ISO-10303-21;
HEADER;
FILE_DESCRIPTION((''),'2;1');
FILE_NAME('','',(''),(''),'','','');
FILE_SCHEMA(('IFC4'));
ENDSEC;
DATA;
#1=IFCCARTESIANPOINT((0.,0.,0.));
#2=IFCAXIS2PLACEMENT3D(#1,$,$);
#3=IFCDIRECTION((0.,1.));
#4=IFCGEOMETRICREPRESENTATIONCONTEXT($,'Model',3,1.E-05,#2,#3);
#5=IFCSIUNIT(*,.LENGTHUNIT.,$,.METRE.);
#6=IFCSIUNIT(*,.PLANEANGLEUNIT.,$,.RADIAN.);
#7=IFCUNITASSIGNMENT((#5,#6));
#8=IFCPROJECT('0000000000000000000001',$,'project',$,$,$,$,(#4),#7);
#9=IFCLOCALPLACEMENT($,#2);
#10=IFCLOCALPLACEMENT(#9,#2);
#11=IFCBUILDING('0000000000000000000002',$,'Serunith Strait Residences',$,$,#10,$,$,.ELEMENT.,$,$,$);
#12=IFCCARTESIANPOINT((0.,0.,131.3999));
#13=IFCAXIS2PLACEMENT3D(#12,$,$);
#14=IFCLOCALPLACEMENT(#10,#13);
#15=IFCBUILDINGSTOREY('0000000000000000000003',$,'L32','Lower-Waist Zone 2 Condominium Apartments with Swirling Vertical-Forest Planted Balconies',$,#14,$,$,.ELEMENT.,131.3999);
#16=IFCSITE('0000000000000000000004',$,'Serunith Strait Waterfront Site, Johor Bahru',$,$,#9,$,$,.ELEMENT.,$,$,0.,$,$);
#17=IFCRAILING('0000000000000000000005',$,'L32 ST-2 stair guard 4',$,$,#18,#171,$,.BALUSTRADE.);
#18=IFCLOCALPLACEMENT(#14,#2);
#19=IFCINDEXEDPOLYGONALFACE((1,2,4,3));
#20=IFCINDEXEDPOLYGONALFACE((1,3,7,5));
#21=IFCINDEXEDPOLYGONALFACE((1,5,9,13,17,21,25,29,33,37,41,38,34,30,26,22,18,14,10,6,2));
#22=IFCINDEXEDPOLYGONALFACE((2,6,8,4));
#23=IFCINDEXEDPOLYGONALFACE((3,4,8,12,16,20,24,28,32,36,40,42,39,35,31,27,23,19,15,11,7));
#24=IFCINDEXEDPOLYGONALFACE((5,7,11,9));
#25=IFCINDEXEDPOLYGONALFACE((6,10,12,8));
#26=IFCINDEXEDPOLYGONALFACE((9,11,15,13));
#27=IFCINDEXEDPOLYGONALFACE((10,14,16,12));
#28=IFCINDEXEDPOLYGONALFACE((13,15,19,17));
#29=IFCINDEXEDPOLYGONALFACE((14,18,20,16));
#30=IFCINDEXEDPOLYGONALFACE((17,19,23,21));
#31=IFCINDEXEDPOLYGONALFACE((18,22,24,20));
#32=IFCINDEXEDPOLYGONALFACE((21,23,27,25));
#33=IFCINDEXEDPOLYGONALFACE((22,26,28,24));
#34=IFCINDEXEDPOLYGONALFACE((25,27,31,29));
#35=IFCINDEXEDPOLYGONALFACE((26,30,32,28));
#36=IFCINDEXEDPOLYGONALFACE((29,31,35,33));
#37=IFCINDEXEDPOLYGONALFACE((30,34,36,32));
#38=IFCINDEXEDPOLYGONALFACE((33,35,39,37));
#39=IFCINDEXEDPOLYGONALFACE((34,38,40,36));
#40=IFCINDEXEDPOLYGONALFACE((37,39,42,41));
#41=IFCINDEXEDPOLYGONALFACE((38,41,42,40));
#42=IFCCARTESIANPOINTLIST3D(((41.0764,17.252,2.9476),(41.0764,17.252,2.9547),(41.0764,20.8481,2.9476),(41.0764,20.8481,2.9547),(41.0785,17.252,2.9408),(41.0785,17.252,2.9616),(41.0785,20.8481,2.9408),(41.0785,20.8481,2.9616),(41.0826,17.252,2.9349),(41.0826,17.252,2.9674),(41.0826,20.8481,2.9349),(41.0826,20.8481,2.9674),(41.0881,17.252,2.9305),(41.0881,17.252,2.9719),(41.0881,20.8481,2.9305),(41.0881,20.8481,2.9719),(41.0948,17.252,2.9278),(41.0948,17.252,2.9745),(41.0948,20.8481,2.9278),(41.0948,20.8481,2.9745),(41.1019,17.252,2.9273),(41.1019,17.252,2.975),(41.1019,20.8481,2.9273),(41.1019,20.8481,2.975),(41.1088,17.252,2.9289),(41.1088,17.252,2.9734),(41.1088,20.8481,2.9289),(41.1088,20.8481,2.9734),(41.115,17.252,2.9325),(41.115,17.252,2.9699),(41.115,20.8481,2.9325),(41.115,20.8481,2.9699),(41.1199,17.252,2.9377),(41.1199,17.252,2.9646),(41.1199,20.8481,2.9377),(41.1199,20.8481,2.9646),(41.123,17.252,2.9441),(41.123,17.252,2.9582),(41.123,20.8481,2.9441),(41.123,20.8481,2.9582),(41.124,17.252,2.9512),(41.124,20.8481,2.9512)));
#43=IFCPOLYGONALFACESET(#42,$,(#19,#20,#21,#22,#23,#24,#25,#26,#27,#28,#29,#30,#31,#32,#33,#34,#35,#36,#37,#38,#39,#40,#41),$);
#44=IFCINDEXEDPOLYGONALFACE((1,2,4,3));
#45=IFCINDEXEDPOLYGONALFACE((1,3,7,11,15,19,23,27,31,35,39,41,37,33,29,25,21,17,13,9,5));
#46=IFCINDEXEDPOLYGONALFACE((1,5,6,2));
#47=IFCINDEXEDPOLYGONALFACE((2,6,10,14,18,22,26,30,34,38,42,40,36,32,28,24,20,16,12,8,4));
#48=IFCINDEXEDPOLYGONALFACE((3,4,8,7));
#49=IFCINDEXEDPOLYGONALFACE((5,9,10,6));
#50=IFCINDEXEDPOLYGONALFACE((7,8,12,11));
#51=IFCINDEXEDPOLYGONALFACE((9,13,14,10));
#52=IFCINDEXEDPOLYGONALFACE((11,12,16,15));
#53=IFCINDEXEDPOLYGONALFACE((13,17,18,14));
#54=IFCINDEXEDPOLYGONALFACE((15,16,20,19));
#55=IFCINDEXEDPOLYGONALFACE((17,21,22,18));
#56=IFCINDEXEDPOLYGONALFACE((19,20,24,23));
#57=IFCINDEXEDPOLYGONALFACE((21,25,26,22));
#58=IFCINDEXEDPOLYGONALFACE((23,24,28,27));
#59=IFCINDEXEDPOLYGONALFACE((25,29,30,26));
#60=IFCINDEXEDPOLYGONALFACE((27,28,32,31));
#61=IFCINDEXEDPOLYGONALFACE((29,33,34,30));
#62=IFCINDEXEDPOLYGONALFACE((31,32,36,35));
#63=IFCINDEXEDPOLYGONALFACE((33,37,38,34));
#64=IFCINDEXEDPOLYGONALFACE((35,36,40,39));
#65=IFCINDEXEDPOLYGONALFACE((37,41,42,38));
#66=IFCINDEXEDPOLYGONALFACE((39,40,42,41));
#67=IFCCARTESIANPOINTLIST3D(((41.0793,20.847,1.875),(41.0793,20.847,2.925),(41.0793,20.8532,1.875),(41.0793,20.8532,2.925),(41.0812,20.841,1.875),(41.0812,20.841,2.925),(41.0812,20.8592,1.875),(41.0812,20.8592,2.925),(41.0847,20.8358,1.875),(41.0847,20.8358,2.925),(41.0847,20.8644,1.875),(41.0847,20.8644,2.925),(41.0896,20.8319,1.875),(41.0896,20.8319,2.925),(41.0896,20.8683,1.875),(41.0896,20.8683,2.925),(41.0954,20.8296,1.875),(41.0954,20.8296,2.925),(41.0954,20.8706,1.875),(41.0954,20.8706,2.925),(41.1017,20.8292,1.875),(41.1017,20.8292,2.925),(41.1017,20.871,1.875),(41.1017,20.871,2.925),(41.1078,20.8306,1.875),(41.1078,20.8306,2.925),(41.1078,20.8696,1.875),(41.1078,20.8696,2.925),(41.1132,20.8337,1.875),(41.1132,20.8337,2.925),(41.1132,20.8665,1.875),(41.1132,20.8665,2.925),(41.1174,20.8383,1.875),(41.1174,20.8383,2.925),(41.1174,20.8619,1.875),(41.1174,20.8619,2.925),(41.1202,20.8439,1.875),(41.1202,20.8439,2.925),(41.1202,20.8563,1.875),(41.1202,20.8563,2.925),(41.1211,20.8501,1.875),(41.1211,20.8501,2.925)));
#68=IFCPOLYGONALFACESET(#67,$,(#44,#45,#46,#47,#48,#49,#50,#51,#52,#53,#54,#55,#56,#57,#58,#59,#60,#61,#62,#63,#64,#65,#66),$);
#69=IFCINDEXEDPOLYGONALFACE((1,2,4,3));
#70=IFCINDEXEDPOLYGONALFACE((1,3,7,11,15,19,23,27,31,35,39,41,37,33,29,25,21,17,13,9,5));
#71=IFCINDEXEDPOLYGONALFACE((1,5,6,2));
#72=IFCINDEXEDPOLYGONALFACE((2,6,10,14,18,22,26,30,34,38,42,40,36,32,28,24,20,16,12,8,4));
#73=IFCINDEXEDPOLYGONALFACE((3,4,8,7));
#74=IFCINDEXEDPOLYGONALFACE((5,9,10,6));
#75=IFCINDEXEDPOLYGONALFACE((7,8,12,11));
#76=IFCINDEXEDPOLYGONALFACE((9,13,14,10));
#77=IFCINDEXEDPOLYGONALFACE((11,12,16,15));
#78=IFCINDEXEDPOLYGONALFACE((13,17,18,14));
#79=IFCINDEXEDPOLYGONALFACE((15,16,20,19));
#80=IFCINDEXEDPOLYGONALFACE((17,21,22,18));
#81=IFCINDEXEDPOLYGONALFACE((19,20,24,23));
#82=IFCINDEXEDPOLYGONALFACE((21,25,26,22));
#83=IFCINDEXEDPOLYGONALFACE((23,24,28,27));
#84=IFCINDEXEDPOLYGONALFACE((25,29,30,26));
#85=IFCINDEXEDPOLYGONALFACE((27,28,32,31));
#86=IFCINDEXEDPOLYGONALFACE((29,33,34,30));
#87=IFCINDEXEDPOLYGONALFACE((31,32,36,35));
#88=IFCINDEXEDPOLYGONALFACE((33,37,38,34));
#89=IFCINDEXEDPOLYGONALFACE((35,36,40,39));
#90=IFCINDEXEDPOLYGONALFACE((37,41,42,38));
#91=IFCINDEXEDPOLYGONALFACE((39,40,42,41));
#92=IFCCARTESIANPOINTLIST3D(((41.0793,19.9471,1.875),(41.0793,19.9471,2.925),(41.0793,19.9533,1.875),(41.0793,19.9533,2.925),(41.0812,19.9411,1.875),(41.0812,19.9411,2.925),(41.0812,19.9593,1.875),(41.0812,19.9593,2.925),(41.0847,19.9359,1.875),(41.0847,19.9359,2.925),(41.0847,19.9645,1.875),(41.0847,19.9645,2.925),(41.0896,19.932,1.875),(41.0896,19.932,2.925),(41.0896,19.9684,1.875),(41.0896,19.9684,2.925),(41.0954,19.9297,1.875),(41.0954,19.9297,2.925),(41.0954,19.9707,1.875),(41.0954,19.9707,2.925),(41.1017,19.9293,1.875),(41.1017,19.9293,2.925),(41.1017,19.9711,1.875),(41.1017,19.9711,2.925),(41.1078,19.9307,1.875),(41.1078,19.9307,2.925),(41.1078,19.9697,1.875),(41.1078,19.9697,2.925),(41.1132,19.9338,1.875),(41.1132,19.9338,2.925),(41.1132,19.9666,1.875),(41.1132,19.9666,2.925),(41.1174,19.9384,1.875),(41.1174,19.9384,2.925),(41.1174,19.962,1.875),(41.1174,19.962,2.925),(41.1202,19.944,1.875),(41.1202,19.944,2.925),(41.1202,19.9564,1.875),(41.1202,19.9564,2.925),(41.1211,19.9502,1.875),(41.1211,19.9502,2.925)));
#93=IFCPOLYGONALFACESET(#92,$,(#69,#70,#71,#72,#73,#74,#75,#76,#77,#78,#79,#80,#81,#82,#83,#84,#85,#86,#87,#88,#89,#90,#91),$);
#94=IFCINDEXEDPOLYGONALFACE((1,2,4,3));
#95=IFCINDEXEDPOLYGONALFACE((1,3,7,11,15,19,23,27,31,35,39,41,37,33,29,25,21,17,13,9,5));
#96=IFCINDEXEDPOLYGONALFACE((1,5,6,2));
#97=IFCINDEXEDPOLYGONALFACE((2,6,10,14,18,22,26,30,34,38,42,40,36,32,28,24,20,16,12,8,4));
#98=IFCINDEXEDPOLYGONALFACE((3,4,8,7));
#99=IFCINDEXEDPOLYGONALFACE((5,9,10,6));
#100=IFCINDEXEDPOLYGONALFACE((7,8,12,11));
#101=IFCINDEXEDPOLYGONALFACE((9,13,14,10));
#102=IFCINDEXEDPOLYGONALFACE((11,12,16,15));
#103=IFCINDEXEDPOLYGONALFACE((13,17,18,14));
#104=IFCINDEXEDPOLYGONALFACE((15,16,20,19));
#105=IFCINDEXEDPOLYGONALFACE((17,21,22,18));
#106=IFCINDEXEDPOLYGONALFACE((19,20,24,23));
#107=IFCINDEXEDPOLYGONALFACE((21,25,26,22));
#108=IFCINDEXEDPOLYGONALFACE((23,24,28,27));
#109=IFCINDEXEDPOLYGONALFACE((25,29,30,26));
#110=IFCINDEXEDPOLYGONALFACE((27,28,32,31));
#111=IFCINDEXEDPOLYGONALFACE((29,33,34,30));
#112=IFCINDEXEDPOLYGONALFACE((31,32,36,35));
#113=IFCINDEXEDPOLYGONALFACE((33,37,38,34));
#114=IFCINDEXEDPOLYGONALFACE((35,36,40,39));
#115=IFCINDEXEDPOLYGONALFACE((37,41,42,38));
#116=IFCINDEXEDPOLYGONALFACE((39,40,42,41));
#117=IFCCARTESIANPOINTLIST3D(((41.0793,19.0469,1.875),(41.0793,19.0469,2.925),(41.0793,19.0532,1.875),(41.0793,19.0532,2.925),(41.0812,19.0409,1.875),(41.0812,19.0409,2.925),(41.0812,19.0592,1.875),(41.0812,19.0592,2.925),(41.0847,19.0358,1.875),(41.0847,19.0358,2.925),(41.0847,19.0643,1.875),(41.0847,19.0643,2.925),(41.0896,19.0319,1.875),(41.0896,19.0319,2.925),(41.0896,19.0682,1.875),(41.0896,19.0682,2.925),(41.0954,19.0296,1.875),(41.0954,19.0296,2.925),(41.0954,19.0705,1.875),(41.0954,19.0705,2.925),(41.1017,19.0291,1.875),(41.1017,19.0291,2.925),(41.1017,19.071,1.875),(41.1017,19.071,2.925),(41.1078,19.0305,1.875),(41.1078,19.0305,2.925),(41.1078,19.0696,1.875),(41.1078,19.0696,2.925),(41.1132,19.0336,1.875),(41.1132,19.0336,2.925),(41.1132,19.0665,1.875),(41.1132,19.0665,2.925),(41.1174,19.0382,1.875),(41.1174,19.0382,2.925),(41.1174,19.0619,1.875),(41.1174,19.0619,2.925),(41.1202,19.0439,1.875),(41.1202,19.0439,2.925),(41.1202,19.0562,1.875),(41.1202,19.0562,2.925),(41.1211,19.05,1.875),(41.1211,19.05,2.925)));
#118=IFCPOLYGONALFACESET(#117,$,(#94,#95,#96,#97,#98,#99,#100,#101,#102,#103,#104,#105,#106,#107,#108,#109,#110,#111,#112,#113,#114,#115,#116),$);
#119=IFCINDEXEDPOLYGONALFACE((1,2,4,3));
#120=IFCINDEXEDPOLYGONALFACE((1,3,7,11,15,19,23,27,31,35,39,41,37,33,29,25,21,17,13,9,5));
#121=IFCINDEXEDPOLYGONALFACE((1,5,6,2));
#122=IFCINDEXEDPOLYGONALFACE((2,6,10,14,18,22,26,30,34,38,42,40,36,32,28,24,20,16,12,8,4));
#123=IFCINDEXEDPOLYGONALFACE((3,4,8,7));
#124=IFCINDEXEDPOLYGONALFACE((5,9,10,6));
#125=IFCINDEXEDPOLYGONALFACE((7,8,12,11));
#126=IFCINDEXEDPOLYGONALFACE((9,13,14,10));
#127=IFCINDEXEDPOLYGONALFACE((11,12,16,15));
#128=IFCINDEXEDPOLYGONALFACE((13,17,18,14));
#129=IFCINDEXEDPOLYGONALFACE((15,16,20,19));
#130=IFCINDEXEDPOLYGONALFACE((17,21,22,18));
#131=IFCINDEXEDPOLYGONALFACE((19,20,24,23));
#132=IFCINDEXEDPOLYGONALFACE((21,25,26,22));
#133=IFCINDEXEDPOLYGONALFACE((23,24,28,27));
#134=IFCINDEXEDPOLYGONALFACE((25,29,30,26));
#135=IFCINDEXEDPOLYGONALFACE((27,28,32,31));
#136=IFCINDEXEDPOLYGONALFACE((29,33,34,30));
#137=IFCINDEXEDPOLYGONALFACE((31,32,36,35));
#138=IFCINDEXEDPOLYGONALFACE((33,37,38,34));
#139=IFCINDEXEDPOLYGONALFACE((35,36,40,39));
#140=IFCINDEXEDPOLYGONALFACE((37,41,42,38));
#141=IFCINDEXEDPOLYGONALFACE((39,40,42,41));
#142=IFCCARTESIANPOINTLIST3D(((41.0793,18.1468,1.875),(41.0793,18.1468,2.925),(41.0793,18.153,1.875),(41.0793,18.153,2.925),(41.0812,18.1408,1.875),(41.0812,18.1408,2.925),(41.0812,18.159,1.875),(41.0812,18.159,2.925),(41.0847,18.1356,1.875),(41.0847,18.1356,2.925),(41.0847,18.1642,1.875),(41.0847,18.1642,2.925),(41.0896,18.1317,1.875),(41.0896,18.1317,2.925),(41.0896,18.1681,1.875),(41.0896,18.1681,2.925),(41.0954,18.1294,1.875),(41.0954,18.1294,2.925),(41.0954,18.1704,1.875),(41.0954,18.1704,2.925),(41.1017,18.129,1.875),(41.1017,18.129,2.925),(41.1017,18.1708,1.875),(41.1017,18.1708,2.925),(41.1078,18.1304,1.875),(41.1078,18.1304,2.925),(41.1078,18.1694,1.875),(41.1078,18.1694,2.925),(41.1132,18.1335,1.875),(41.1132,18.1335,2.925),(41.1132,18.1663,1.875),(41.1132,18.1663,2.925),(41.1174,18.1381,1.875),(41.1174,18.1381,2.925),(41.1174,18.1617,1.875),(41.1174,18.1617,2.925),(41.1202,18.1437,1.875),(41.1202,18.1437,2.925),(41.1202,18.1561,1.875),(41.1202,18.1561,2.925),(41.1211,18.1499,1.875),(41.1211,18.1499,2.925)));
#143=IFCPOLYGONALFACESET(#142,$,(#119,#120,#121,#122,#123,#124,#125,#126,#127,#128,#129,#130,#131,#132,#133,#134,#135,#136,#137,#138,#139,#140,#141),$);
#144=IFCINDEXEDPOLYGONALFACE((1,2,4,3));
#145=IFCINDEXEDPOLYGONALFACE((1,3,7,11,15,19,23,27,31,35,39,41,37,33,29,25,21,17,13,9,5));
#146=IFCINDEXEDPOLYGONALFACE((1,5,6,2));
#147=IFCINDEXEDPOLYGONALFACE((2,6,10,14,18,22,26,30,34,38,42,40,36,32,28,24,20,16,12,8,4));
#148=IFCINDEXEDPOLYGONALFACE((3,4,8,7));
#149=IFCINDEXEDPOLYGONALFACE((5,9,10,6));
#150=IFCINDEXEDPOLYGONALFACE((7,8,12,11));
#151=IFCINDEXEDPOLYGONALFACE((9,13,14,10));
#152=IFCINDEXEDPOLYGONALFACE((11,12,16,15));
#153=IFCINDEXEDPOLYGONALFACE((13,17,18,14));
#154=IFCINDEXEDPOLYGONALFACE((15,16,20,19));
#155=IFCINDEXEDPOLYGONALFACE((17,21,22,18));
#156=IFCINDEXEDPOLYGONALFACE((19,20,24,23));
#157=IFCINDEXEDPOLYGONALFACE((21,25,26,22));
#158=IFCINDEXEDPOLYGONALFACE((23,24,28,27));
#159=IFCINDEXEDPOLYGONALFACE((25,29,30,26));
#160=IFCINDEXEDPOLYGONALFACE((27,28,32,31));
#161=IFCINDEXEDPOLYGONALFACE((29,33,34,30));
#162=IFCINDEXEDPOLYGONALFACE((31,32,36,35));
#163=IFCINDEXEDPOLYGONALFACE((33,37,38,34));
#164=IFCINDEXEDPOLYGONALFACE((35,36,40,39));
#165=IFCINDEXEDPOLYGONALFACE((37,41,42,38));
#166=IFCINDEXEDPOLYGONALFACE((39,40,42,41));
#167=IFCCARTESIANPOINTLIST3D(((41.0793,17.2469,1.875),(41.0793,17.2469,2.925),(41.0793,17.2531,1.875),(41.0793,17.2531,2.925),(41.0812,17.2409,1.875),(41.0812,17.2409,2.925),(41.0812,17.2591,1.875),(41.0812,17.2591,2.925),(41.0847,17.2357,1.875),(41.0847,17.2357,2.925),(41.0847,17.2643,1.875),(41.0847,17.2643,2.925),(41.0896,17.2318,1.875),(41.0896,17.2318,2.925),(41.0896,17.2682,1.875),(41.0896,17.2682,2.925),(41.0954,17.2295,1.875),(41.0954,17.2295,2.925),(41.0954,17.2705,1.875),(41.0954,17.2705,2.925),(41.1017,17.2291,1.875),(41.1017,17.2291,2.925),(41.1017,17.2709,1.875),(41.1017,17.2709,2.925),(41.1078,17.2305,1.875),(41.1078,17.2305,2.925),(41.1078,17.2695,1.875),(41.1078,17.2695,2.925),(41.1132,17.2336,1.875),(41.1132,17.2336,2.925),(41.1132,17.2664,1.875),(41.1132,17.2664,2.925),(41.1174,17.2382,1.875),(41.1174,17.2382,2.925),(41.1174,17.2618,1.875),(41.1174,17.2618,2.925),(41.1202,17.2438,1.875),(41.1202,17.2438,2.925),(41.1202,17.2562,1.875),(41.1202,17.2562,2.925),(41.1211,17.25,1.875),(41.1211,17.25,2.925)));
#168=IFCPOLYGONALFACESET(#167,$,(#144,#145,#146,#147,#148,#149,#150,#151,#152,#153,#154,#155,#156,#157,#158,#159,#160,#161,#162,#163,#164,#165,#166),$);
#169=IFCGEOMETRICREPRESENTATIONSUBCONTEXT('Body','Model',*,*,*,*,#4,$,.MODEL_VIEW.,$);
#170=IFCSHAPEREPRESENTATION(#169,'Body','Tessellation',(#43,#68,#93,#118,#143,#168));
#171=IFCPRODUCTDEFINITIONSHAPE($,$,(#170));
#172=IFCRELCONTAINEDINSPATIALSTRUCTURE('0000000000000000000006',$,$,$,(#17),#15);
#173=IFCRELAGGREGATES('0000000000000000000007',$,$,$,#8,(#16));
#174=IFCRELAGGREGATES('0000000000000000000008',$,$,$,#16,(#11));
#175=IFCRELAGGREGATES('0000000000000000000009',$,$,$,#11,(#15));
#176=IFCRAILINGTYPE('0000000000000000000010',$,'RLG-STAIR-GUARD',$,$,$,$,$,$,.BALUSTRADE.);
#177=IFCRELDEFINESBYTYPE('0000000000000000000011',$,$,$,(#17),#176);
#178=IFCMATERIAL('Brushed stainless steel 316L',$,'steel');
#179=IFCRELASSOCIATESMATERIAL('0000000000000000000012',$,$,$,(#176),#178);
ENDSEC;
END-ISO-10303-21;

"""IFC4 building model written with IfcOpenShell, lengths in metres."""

from ifc_helpers import new_model, si_unit, direction, frame, origin, origin_2d, place, context, subcontext, project, spatial, circle, extrude, material, type_object, element, save


model = new_model("IFC4")

# Units and contexts
model_context = context("Model", 3, precision=1e-05, world=origin(), true_north=direction((0.0, 1.0)))
body_context = subcontext(model_context, "Body", "Model", "MODEL_VIEW")
ifc_project = project(units=[si_unit("LENGTHUNIT", "METRE"), si_unit("PLANEANGLEUNIT", "RADIAN")], contexts=[model_context])

# Site, building, storey
site_placement = place(None, origin())
site = spatial("IfcSite", under=ifc_project, at=site_placement, Name="Serunith Strait Waterfront Site, Johor Bahru", CompositionType="ELEMENT", RefElevation=0.0)
building_placement = place(site_placement, origin())
building = spatial("IfcBuilding", under=site, at=building_placement, Name="Serunith Strait Residences", CompositionType="ELEMENT")
storey_placement = place(building_placement, frame((0.0, 0.0, 131.3999)))
storey = spatial("IfcBuildingStorey", under=building, at=storey_placement, Name="L32", Description="Lower-Waist Zone 2 Condominium Apartments with Swirling Vertical-Forest Planted Balconies", CompositionType="ELEMENT", Elevation=131.3999)

# Railing
ifc_material_1 = material(Name="Brushed stainless steel 316L", Category="steel")
railing_type_1 = type_object("IfcRailingType", Name="RLG-STAIR-GUARD", PredefinedType="BALUSTRADE", material=ifc_material_1)
for number, where, name in (
    (1, (41.1001, 20.8501, 1.875), "L32 ST-2 stair guard 4"),
):
    element("IfcRailing", number, at=place(storey_placement, frame(where)), inside=storey, type_object=railing_type_1, Name=name, PredefinedType="BALUSTRADE", context=body_context, shape_type="SweptSolid", body=[
        extrude(circle(Radius=0.0239, at=origin_2d()), frame((0.0, -0.002, 1.0762), z_axis=(0.0, -1.0, 0.0), x_axis=(1.0, 0.0, 0.0)), (0.0, 0.0, 1.0), 3.5962),
        extrude(circle(Radius=0.021, at=origin_2d()), origin(), (0.0, 0.0, 1.0), 1.05),
        extrude(circle(Radius=0.021, at=origin_2d()), frame((0.0, -0.8999, 0.0)), (0.0, 0.0, 1.0), 1.05),
        extrude(circle(Radius=0.021, at=origin_2d()), frame((0.0, -1.8, 0.0)), (0.0, 0.0, 1.0), 1.05),
        extrude(circle(Radius=0.021, at=origin_2d()), frame((0.0, -2.7002, 0.0)), (0.0, 0.0, 1.0), 1.05),
        extrude(circle(Radius=0.021, at=origin_2d()), frame((0.0, -3.6001, 0.0)), (0.0, 0.0, 1.0), 1.05),
    ])

save(model, "model.ifc")
